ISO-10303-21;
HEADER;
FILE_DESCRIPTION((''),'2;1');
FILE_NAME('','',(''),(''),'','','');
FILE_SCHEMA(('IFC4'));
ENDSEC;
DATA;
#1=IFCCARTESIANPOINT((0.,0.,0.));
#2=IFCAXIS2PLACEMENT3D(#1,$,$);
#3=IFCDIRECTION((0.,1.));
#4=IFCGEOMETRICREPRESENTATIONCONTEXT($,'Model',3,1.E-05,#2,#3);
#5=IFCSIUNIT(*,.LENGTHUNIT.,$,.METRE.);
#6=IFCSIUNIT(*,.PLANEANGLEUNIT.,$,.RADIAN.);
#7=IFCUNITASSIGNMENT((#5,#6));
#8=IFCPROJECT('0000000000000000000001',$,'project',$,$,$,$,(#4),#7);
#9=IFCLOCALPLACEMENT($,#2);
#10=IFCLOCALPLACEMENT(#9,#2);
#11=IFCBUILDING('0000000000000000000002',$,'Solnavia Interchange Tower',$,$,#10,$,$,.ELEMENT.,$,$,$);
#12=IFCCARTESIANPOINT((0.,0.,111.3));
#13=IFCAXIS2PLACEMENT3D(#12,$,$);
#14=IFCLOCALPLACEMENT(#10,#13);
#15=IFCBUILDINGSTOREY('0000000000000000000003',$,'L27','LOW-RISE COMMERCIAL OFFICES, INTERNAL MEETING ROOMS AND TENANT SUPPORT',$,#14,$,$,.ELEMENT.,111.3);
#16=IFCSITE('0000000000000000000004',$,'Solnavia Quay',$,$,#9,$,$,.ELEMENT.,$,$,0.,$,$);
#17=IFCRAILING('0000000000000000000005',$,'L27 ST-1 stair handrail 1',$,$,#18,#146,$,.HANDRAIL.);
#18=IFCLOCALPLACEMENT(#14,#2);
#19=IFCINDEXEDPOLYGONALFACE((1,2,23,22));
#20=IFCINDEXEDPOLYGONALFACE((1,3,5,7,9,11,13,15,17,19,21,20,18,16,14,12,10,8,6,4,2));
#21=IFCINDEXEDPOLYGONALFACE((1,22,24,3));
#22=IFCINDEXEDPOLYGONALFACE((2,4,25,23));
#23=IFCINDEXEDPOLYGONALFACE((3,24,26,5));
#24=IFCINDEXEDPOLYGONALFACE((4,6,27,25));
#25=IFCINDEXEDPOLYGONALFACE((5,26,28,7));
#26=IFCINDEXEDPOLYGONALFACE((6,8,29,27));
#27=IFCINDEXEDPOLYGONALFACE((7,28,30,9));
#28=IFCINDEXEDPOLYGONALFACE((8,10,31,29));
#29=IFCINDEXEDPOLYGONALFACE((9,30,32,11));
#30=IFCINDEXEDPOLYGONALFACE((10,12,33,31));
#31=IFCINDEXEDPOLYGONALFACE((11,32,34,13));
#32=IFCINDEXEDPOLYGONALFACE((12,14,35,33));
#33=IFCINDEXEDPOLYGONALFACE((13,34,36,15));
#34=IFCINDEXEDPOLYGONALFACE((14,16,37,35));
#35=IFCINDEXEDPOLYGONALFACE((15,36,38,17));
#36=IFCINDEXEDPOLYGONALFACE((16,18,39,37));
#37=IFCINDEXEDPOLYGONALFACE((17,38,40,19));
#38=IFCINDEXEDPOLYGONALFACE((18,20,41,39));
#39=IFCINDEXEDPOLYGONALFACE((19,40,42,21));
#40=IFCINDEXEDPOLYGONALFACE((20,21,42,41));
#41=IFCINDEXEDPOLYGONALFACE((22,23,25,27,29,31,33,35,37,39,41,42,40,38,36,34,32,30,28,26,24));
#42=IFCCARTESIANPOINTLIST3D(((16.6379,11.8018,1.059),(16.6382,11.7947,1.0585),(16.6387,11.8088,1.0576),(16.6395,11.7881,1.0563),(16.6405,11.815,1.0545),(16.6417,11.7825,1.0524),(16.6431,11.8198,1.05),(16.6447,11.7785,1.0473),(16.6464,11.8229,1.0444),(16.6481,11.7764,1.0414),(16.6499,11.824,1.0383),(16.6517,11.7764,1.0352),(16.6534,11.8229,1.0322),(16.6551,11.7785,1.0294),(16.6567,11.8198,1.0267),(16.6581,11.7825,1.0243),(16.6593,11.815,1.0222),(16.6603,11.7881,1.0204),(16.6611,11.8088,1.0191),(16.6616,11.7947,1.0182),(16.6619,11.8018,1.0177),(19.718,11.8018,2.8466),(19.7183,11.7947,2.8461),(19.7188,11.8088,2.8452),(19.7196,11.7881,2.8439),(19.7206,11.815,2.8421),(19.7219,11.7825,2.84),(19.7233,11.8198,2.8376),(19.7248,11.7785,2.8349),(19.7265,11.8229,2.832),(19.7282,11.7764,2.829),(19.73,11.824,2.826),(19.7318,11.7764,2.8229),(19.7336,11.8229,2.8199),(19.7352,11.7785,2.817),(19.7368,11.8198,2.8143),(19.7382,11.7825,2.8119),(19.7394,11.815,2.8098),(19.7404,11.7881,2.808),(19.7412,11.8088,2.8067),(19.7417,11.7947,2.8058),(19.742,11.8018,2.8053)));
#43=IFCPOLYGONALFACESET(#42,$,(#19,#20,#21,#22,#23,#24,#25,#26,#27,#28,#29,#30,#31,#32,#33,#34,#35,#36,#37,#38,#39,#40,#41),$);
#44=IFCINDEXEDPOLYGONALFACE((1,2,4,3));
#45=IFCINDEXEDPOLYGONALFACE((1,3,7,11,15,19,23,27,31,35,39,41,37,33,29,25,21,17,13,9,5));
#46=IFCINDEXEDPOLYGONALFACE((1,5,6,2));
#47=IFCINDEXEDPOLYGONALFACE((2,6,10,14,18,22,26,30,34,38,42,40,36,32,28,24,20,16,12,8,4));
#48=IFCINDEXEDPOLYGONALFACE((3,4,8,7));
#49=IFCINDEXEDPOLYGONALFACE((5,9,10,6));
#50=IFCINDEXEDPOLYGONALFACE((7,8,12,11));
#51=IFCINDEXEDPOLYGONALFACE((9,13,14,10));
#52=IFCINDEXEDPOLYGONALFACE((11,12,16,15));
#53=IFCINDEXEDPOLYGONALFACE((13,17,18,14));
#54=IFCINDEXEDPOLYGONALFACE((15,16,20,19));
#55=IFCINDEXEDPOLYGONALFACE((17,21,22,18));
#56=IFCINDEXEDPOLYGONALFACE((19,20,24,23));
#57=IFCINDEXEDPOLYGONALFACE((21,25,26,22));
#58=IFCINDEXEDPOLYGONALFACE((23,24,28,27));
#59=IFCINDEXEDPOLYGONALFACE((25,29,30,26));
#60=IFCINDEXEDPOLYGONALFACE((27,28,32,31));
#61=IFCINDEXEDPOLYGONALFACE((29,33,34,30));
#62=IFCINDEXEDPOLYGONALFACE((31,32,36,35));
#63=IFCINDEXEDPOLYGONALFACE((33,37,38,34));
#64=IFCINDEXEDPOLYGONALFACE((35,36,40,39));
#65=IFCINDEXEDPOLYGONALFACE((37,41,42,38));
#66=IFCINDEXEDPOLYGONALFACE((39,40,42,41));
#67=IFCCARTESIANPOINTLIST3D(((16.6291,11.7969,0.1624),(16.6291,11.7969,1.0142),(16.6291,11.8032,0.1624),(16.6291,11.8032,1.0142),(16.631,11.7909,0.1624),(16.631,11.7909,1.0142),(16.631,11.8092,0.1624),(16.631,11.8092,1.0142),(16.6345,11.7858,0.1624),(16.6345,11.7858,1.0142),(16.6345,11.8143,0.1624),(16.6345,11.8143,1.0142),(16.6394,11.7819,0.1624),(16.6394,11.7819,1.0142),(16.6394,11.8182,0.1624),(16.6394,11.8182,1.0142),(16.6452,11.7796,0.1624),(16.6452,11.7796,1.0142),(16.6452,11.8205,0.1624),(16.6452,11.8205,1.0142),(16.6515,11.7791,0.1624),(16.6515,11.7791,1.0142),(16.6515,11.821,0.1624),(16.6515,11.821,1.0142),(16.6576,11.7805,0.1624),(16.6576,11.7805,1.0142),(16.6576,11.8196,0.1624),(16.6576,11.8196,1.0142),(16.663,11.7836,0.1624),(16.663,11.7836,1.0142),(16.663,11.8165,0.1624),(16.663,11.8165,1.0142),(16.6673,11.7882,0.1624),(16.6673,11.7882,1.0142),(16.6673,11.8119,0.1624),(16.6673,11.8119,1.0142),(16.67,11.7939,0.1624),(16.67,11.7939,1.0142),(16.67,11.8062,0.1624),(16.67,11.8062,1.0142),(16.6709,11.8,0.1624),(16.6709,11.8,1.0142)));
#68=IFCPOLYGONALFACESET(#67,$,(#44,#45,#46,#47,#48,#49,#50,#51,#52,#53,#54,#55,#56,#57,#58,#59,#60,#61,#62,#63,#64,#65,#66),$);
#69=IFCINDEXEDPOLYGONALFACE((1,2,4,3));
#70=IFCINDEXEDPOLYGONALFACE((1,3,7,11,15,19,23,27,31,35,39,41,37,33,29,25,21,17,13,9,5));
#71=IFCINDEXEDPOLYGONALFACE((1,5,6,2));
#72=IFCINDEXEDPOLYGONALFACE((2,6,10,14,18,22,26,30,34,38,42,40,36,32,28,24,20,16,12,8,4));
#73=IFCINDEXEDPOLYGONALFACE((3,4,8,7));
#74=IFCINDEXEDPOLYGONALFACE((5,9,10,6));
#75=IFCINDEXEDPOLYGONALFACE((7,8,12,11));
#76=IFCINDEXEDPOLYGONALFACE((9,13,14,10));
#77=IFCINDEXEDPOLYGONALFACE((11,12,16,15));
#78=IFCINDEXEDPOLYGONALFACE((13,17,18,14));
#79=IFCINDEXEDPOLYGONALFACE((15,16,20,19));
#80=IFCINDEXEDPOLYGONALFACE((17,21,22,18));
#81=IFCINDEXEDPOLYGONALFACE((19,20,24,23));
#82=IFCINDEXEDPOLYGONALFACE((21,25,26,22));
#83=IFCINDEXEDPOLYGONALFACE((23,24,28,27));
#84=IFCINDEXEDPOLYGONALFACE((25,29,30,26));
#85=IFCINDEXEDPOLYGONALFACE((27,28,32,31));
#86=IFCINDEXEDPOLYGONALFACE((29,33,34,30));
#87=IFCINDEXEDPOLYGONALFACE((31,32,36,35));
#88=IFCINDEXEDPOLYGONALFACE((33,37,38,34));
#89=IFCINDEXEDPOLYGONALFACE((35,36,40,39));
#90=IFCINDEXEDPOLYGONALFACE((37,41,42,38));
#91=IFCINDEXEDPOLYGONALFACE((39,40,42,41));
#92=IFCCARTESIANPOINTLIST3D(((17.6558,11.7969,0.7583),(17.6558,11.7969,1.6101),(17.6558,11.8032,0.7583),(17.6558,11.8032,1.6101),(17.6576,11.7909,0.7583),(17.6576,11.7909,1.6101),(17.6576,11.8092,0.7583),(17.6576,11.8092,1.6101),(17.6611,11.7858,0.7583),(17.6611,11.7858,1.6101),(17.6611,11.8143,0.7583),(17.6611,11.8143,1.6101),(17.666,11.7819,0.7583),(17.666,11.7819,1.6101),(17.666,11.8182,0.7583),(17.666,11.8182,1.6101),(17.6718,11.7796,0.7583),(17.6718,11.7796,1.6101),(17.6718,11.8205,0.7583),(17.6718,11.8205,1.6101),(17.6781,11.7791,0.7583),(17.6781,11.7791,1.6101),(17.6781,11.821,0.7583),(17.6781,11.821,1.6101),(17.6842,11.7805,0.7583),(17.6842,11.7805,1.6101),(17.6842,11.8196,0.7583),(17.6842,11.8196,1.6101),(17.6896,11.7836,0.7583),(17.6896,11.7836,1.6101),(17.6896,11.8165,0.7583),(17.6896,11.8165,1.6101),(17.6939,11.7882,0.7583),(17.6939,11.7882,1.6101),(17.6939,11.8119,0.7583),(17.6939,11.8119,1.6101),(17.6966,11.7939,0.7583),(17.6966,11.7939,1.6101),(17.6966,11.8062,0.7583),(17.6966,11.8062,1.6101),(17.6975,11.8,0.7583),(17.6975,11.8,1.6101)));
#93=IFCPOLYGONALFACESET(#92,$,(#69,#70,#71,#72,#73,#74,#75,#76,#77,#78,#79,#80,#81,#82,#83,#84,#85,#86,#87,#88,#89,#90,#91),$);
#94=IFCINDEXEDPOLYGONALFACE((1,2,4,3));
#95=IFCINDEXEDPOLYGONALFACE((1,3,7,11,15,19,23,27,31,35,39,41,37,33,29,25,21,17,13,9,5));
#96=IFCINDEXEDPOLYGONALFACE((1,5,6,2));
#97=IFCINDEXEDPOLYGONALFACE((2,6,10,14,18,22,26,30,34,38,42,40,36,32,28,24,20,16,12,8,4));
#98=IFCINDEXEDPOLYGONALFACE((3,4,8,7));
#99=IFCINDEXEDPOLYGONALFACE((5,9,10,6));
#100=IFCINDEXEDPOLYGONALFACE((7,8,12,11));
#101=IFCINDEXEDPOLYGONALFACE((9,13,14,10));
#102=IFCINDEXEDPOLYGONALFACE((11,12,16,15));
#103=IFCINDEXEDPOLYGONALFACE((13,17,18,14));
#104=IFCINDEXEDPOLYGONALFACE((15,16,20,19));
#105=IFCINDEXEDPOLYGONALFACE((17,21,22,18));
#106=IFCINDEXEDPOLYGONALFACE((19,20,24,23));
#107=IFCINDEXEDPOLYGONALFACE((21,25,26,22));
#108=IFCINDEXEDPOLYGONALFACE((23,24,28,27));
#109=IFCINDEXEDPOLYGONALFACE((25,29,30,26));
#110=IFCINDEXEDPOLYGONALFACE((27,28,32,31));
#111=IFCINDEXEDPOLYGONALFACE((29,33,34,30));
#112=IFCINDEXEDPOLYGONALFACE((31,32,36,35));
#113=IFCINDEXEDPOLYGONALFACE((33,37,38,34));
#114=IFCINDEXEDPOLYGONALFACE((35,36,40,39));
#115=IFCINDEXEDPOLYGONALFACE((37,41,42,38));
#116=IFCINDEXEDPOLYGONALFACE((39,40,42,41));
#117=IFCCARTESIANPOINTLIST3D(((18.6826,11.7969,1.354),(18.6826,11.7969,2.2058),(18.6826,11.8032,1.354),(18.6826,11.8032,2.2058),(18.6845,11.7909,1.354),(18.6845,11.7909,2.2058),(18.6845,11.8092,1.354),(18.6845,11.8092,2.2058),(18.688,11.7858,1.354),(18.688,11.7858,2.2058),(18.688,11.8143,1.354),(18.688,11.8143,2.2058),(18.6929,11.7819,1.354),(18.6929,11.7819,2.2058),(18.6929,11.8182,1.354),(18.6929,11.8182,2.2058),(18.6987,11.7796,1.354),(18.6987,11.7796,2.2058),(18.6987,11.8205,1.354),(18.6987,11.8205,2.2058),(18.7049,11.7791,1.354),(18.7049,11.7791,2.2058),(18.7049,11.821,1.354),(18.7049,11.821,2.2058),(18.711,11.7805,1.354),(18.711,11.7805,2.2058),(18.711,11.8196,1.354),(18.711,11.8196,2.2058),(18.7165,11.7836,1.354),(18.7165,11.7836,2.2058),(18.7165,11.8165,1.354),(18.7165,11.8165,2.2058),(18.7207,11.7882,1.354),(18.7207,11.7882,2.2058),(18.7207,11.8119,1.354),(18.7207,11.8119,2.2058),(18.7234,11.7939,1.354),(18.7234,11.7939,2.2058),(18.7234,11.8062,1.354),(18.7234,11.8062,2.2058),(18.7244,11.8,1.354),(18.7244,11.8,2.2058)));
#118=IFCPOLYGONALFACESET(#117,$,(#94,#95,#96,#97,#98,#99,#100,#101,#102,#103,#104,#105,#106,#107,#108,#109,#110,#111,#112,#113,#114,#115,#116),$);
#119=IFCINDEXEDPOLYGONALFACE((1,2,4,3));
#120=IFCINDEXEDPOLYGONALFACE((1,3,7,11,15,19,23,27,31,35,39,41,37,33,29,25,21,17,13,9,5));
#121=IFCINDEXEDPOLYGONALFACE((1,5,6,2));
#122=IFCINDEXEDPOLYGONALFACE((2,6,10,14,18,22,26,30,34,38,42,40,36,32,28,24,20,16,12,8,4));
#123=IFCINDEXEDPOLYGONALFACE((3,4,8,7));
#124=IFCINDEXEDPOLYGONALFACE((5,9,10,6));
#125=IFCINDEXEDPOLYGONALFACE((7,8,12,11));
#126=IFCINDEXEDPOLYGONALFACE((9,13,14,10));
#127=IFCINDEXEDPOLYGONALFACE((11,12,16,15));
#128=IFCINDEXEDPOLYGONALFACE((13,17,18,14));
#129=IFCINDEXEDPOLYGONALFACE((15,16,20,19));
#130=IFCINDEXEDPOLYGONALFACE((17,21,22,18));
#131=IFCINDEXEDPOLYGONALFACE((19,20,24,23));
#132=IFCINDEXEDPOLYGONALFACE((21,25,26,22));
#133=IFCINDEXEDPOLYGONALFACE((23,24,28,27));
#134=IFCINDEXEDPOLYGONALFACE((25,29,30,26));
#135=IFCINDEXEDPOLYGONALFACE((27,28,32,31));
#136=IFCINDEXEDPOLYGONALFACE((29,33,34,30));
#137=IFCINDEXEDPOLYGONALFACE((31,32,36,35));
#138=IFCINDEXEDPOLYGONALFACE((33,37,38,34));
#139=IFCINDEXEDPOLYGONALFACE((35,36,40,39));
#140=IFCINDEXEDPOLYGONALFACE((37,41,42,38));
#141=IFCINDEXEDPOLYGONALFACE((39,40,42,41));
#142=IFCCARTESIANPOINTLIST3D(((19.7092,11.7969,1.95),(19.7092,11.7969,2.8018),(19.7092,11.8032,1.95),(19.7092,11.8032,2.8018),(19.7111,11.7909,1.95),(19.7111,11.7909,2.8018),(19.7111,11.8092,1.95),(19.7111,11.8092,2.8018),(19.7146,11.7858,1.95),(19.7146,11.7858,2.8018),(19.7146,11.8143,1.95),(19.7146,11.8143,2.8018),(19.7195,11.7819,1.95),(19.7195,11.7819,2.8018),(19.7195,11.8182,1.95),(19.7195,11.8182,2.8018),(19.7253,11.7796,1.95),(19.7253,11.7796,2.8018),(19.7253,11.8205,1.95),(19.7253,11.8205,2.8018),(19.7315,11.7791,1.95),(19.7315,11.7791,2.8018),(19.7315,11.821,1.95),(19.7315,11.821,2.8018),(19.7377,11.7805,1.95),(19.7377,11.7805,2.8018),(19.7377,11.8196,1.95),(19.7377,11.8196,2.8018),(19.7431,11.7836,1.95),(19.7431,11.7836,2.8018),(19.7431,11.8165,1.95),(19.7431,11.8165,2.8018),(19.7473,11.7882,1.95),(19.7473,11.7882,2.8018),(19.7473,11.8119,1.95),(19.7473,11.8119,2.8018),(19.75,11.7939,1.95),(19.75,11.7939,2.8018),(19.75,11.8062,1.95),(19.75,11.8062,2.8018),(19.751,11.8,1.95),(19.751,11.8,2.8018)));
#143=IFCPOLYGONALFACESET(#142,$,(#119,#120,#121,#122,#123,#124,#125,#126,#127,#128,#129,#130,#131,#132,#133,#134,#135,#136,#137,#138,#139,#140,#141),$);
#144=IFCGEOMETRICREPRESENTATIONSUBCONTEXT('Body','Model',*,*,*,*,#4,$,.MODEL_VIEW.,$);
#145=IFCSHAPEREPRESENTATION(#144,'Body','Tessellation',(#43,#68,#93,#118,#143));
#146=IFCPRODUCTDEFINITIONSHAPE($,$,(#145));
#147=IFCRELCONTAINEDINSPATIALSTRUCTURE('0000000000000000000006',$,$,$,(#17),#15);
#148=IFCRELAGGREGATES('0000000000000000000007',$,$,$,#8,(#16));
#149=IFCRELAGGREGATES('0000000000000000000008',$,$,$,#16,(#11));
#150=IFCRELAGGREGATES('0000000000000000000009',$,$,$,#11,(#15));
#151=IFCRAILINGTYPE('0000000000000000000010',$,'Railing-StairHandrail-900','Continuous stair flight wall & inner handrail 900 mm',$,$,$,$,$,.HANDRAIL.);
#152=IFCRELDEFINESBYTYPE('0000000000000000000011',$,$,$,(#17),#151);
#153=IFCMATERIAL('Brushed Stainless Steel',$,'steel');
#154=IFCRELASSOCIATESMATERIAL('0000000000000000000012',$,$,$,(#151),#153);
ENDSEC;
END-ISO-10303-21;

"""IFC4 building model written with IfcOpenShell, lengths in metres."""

from ifc_helpers import new_model, si_unit, direction, frame, origin, origin_2d, place, context, subcontext, project, spatial, circle, extrude, material, type_object, element, save


model = new_model("IFC4")

# Units and contexts
model_context = context("Model", 3, precision=1e-05, world=origin(), true_north=direction((0.0, 1.0)))
body_context = subcontext(model_context, "Body", "Model", "MODEL_VIEW")
ifc_project = project(units=[si_unit("LENGTHUNIT", "METRE"), si_unit("PLANEANGLEUNIT", "RADIAN")], contexts=[model_context])

# Site, building, storey
site_placement = place(None, origin())
site = spatial("IfcSite", under=ifc_project, at=site_placement, Name="Solnavia Quay", CompositionType="ELEMENT", RefElevation=0.0)
building_placement = place(site_placement, origin())
building = spatial("IfcBuilding", under=site, at=building_placement, Name="Solnavia Interchange Tower", CompositionType="ELEMENT")
storey_placement = place(building_placement, frame((0.0, 0.0, 111.3)))
storey = spatial("IfcBuildingStorey", under=building, at=storey_placement, Name="L27", Description="LOW-RISE COMMERCIAL OFFICES, INTERNAL MEETING ROOMS AND TENANT SUPPORT", CompositionType="ELEMENT", Elevation=111.3)

# Railing
ifc_material_1 = material(Name="Brushed Stainless Steel", Category="steel")
railing_type_1 = type_object("IfcRailingType", Name="Railing-StairHandrail-900", Description="Continuous stair flight wall & inner handrail 900 mm", PredefinedType="HANDRAIL", material=ifc_material_1)
railing_1_placement = place(storey_placement, frame((16.6499, 11.8, 0.1624)))
element("IfcRailing", 1, at=railing_1_placement, inside=storey, type_object=railing_type_1, Name="L27 ST-1 stair handrail 1", PredefinedType="HANDRAIL", context=body_context, shape_type="SweptSolid", body=[
    extrude(circle(Radius=0.0239, at=origin_2d()), frame((0.0, 0.0, 0.876), z_axis=(0.864891, 0.0, 0.50196), x_axis=(0.0, 1.0, 0.0)), (0.0, 0.0, 1.0), 3.5613),
    extrude(circle(Radius=0.021, at=origin_2d()), origin(), (0.0, 0.0, 1.0), 0.8518),
    extrude(circle(Radius=0.021, at=origin_2d()), frame((1.0266, 0.0, 0.5959)), (0.0, 0.0, 1.0), 0.8518),
    extrude(circle(Radius=0.021, at=origin_2d()), frame((2.0535, 0.0, 1.1917)), (0.0, 0.0, 1.0), 0.8518),
    extrude(circle(Radius=0.021, at=origin_2d()), frame((3.0801, 0.0, 1.7876)), (0.0, 0.0, 1.0), 0.8518),
])

save(model, "model.ifc")
